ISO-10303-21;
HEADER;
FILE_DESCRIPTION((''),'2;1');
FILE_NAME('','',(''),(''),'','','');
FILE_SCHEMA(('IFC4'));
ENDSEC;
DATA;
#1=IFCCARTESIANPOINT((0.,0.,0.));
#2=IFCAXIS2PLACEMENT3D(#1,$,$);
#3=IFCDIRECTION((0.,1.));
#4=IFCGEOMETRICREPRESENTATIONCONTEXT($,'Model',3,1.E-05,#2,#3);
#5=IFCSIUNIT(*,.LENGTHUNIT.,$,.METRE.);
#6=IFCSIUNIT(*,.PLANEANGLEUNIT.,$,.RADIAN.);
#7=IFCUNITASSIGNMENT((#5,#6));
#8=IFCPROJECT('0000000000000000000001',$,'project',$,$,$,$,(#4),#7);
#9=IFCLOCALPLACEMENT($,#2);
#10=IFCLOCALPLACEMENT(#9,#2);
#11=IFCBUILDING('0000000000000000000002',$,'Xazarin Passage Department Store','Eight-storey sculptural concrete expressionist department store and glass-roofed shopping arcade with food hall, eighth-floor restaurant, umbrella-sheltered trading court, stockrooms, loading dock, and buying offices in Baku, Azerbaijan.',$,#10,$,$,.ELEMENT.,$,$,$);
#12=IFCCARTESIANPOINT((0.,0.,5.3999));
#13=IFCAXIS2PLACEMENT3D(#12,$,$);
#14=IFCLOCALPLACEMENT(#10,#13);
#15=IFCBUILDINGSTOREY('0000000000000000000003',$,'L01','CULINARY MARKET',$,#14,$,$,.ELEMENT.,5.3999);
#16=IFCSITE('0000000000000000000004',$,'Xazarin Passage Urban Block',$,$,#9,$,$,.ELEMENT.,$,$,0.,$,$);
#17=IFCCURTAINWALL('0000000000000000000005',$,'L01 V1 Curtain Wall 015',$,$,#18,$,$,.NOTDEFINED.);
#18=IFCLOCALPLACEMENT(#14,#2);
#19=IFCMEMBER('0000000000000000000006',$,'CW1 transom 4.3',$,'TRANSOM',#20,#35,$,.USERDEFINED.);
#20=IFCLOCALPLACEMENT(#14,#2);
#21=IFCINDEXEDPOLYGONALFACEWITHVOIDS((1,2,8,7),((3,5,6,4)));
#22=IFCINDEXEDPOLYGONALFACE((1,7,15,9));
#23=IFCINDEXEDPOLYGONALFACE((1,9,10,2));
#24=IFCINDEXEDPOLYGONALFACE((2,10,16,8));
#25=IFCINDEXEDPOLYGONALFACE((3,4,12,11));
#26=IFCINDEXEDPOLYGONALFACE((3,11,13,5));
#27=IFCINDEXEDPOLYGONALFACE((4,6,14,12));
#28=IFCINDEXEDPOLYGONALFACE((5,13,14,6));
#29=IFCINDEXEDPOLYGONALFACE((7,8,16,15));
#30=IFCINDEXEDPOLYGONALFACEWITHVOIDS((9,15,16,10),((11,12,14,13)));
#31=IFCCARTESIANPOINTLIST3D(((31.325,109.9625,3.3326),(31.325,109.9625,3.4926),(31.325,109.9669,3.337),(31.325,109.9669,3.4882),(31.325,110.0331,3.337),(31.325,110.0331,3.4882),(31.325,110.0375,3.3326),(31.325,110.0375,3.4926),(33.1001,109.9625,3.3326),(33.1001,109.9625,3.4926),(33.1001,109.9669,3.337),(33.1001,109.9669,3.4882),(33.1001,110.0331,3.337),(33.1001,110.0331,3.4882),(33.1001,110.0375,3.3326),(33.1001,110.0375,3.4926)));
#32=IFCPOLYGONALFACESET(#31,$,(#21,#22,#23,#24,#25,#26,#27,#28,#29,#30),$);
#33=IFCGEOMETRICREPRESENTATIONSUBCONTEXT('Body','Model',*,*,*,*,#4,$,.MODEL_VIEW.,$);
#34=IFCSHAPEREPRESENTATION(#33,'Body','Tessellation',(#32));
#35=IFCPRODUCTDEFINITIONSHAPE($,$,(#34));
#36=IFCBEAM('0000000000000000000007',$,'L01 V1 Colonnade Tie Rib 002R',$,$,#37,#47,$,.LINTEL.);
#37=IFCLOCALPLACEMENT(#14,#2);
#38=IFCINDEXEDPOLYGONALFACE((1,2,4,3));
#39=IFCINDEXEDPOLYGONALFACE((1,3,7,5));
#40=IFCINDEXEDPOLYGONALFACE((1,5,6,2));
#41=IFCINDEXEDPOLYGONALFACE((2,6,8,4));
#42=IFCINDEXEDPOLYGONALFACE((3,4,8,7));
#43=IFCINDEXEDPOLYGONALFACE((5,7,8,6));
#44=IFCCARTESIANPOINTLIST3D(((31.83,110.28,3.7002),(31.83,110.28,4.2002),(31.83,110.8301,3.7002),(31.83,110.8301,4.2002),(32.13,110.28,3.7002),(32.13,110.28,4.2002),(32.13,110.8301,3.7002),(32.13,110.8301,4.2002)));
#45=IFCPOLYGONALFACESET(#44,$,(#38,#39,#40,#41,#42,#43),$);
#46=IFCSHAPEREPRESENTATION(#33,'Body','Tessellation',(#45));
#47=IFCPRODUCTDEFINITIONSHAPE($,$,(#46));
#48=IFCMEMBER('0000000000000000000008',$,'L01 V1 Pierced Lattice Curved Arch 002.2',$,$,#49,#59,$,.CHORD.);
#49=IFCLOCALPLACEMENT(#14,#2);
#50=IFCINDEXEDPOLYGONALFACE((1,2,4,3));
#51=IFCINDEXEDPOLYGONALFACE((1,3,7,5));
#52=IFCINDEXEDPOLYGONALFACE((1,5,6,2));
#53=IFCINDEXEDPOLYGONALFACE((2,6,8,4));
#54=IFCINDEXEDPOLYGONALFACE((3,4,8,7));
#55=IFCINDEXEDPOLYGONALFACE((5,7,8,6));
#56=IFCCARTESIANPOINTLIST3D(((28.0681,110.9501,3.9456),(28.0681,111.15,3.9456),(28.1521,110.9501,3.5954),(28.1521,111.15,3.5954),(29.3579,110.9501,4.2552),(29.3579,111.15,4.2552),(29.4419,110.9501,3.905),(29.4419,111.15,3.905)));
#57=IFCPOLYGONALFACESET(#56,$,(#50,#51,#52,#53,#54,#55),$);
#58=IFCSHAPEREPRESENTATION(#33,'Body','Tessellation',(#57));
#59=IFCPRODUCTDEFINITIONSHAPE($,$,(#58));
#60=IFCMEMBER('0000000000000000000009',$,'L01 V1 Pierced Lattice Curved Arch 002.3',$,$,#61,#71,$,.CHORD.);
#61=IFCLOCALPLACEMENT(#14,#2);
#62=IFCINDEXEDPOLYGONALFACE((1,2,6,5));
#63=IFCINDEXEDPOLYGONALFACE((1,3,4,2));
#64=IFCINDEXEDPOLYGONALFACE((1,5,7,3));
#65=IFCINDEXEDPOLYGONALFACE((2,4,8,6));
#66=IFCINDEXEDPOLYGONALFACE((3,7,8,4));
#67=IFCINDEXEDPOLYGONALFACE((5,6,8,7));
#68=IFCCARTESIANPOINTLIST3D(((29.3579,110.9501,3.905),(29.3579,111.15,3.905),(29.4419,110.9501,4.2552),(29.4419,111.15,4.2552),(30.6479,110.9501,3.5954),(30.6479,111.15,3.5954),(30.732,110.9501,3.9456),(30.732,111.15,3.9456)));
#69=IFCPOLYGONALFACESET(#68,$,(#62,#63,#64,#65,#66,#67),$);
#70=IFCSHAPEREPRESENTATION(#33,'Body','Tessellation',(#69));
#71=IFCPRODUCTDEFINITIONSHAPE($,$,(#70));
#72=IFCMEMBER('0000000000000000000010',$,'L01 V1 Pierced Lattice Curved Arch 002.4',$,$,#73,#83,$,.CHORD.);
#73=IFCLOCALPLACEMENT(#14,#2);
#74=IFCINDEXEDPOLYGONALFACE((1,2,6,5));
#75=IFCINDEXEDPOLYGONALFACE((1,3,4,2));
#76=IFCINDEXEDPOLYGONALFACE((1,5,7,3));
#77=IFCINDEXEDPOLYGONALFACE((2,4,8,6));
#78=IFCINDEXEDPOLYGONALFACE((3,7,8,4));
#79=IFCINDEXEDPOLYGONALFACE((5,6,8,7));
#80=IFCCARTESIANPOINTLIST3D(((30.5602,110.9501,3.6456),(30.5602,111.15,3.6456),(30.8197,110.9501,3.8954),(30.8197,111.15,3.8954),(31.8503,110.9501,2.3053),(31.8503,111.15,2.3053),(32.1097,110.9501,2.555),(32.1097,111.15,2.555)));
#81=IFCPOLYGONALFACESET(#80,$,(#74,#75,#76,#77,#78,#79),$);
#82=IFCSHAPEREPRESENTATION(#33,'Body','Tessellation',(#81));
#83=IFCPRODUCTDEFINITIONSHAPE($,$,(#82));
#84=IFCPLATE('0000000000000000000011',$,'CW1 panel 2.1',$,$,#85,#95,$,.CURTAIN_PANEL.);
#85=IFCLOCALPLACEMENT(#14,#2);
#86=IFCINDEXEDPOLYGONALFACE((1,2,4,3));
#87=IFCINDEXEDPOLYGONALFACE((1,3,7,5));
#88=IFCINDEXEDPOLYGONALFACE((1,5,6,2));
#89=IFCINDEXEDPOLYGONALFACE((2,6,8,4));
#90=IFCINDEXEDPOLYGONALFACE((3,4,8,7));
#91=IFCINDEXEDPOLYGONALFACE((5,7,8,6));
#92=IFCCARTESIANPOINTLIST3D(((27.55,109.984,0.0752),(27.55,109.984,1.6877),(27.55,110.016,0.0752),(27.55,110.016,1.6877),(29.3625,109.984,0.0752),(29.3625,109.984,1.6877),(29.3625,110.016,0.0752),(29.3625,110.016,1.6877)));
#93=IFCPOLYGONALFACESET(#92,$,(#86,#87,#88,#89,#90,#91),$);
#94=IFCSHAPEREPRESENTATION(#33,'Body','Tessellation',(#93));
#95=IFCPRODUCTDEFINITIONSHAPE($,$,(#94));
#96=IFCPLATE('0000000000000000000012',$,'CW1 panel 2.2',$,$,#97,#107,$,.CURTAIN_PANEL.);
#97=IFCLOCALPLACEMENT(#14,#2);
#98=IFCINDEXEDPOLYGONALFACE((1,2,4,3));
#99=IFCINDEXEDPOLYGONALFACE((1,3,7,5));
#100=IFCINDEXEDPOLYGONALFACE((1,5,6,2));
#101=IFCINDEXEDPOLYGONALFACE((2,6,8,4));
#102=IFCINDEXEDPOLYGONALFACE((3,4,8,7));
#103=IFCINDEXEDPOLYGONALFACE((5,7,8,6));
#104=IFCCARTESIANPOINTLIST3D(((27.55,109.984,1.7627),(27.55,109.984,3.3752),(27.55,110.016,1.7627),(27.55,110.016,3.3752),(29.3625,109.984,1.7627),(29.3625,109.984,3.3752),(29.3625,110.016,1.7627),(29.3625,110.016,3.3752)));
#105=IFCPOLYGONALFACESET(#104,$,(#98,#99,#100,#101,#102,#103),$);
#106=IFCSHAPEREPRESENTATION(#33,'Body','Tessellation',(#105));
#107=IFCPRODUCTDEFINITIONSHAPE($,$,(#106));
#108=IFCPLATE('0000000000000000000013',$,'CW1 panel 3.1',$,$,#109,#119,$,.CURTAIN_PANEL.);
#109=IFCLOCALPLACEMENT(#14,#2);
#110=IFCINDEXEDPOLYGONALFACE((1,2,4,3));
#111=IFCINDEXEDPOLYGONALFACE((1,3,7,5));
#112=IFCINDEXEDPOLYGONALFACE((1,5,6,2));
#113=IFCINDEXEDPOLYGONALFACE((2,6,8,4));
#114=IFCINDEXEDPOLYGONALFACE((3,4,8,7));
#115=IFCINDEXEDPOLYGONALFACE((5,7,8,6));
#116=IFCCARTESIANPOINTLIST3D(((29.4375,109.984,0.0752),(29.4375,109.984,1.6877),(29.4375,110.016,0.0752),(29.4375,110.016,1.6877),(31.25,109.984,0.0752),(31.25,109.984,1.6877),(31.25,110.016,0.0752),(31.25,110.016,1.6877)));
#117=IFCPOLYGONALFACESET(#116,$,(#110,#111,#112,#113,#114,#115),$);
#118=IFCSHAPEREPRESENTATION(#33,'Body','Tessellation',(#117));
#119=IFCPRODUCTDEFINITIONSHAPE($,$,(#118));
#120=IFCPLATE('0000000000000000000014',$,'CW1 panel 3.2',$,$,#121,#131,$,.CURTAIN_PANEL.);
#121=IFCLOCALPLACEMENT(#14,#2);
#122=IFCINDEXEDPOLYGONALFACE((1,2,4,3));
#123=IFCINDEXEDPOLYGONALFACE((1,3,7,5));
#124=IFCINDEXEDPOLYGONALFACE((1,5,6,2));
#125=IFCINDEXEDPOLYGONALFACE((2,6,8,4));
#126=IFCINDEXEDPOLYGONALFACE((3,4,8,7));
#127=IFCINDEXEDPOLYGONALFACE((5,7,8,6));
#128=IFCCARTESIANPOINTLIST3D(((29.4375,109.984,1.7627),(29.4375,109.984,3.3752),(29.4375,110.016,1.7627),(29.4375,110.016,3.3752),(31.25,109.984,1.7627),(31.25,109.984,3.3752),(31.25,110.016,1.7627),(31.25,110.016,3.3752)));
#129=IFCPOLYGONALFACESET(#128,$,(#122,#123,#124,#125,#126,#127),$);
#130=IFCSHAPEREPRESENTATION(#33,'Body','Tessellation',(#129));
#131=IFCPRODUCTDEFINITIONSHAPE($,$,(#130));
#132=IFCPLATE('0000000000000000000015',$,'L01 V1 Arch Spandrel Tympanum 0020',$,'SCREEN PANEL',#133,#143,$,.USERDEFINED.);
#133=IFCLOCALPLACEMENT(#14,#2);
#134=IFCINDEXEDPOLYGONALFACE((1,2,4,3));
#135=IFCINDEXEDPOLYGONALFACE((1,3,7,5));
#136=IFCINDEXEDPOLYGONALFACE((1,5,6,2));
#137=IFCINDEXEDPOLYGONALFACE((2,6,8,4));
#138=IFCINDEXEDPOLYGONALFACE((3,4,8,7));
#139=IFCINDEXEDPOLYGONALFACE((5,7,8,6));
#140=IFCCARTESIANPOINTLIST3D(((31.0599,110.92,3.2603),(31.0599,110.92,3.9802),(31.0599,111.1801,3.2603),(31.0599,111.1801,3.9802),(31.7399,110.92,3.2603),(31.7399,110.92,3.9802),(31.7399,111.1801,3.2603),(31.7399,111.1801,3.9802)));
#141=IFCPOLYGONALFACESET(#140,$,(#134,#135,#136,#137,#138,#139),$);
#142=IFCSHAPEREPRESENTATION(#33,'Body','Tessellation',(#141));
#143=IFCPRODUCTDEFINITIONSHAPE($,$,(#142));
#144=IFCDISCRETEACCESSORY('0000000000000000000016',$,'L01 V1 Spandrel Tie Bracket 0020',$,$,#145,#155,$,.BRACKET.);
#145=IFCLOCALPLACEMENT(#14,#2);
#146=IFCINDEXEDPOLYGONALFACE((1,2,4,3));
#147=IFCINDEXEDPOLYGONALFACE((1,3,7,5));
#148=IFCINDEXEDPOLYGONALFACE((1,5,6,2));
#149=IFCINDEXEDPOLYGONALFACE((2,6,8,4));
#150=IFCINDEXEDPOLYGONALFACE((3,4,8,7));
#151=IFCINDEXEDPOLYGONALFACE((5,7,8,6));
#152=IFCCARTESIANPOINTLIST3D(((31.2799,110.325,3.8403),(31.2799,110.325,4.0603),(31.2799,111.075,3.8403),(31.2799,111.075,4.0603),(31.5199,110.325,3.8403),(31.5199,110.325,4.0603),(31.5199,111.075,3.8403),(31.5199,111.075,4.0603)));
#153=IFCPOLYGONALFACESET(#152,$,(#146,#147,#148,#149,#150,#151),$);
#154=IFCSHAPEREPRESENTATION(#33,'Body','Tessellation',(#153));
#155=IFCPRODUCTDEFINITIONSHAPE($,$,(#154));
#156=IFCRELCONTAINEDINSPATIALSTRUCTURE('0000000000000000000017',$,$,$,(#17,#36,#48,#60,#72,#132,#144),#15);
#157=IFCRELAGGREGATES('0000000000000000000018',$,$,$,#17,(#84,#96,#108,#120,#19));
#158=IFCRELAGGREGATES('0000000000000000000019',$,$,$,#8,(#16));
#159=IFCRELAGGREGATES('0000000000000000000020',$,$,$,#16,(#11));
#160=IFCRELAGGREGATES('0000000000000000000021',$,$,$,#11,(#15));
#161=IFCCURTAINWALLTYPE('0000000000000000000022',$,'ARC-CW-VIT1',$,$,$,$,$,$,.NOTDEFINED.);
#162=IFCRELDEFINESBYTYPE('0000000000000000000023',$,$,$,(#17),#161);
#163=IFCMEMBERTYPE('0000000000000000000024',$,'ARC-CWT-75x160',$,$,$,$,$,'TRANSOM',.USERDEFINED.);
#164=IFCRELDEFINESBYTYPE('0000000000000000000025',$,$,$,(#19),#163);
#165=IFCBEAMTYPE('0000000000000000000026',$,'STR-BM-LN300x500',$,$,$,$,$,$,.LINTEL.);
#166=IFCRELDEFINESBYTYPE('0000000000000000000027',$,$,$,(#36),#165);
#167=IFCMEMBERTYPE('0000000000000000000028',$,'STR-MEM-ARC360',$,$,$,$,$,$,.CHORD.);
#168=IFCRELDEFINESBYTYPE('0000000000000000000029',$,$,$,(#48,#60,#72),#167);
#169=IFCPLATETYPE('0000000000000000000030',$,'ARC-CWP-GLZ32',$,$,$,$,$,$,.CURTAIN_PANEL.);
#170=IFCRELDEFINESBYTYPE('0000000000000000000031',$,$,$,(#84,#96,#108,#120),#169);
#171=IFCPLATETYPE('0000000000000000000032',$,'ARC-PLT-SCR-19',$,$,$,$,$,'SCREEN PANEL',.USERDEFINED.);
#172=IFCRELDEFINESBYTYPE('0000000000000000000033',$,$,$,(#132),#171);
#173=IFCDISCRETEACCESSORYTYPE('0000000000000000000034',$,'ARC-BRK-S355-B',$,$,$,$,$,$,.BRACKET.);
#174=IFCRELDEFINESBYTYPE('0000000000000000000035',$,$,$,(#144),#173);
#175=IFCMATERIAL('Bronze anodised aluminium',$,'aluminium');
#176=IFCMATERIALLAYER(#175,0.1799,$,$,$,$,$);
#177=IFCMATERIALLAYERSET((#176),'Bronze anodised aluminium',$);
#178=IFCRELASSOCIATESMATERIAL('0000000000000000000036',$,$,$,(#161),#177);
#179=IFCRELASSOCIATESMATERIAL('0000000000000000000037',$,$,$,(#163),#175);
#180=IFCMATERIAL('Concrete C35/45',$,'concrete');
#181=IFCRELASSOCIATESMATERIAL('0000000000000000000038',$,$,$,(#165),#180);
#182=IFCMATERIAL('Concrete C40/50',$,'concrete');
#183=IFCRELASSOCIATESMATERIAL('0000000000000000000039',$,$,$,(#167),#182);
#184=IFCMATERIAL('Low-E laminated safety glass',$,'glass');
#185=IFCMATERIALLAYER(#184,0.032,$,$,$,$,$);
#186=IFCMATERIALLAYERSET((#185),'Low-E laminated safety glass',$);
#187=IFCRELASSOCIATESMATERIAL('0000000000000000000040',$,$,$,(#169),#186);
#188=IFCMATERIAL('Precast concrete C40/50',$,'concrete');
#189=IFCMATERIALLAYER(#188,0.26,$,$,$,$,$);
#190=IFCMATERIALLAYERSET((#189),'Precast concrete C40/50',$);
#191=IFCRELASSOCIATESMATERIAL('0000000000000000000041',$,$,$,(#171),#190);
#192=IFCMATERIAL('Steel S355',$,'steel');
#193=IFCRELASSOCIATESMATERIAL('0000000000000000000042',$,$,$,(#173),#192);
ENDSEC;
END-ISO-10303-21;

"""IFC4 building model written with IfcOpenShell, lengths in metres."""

from ifc_helpers import new_model, si_unit, direction, frame, origin, origin_2d, place, context, subcontext, project, spatial, rectangle, hollow_rectangle, extrude, material, layer, layer_set, material_profile, profile_set, type_object, element, aggregate, save


model = new_model("IFC4")

# Units and contexts
model_context = context("Model", 3, precision=1e-05, world=origin(), true_north=direction((0.0, 1.0)))
body_context = subcontext(model_context, "Body", "Model", "MODEL_VIEW")
ifc_project = project(units=[si_unit("LENGTHUNIT", "METRE"), si_unit("PLANEANGLEUNIT", "RADIAN")], contexts=[model_context])

# Site, building, storey
site_placement = place(None, origin())
site = spatial("IfcSite", under=ifc_project, at=site_placement, Name="Xazarin Passage Urban Block", CompositionType="ELEMENT", RefElevation=0.0)
building_placement = place(site_placement, origin())
building = spatial("IfcBuilding", under=site, at=building_placement, Name="Xazarin Passage Department Store", Description="Eight-storey sculptural concrete expressionist department store and glass-roofed shopping arcade with food hall, eighth-floor restaurant, umbrella-sheltered trading court, stockrooms, loading dock, and buying offices in Baku, Azerbaijan.", CompositionType="ELEMENT")
storey_placement = place(building_placement, frame((0.0, 0.0, 5.3999)))
storey = spatial("IfcBuildingStorey", under=building, at=storey_placement, Name="L01", Description="CULINARY MARKET", CompositionType="ELEMENT", Elevation=5.3999)

# Shared definitions
ifc_material_1 = material(Name="Concrete C40/50", Category="concrete")

# Curtain wall, member
ifc_material_2 = material(Name="Bronze anodised aluminium", Category="aluminium")
ifc_layer_1 = layer(ifc_material_2, 0.1799)
ifc_layer_set_1 = layer_set([ifc_layer_1], Name="Bronze anodised aluminium")
curtain_wall_type = type_object("IfcCurtainWallType", Name="ARC-CW-VIT1", PredefinedType="NOTDEFINED", material=ifc_layer_set_1)
curtain_wall_placement = place(storey_placement, origin())
curtain_wall = element("IfcCurtainWall", 1, at=curtain_wall_placement, inside=storey, type_object=curtain_wall_type, Name="L01 V1 Curtain Wall 015", PredefinedType="NOTDEFINED")
ifc_material_profile_1 = material_profile(ifc_material_2, hollow_rectangle(XDim=0.075, YDim=0.1599, WallThickness=0.0044, at=origin_2d()), Name="ALU 75x160")
ifc_profile_set_1 = profile_set([ifc_material_profile_1], Name="Bronze anodised aluminium")
member_type_1 = type_object("IfcMemberType", Name="ARC-CWT-75x160", ElementType="TRANSOM", PredefinedType="USERDEFINED", material=ifc_profile_set_1)
member_1_placement = place(storey_placement, frame((31.325, 110.0, 3.4126), z_axis=(1.0, 0.0, 0.0), x_axis=(0.0, 1.0, 0.0)))
member_1 = element("IfcMember", 2, at=member_1_placement, type_object=member_type_1, Name="CW1 transom 4.3", ObjectType="TRANSOM", PredefinedType="USERDEFINED", context=body_context, shape_type="SweptSolid", body=[
    extrude(hollow_rectangle(XDim=0.075, YDim=0.1599, WallThickness=0.0044, at=origin_2d()), origin(), (0.0, 0.0, 1.0), 1.7751),
])

# Beam
ifc_material_3 = material(Name="Concrete C35/45", Category="concrete")
ifc_material_profile_2 = material_profile(ifc_material_3, rectangle(XDim=0.3, YDim=0.5, at=origin_2d()), Name="RC 300x500")
ifc_profile_set_2 = profile_set([ifc_material_profile_2], Name="Concrete C35/45")
beam_type = type_object("IfcBeamType", Name="STR-BM-LN300x500", PredefinedType="LINTEL", material=ifc_profile_set_2)
beam_placement = place(storey_placement, frame((31.98, 110.28, 3.9502), z_axis=(0.0, 1.0, 0.0), x_axis=(-1.0, 0.0, 0.0)))
element("IfcBeam", 3, at=beam_placement, inside=storey, type_object=beam_type, Name="L01 V1 Colonnade Tie Rib 002R", PredefinedType="LINTEL", context=body_context, shape_type="SweptSolid", body=[
    extrude(rectangle(XDim=0.3, YDim=0.5, at=origin_2d()), origin(), (0.0, 0.0, 1.0), 0.55),
])

# Members
ifc_material_profile_3 = material_profile(ifc_material_1, rectangle(XDim=0.2, YDim=0.3601, at=origin_2d()), Name="RC 200x360")
ifc_profile_set_3 = profile_set([ifc_material_profile_3], Name="Concrete C40/50")
member_type_2 = type_object("IfcMemberType", Name="STR-MEM-ARC360", PredefinedType="CHORD", material=ifc_profile_set_3)
member_2_placement = place(storey_placement, frame((28.1101, 111.05, 3.7705), z_axis=(0.972384, 0.0, 0.233387), x_axis=(0.0, 1.0, 0.0)))
element("IfcMember", 4, at=member_2_placement, inside=storey, type_object=member_type_2, Name="L01 V1 Pierced Lattice Curved Arch 002.2", PredefinedType="CHORD", context=body_context, shape_type="SweptSolid", body=[
    extrude(rectangle(XDim=0.2, YDim=0.3601, at=origin_2d()), origin(), (0.0, 0.0, 1.0), 1.3264),
])
member_3_placement = place(storey_placement, frame((29.3999, 111.05, 4.0801), z_axis=(0.972394, 0.0, -0.233345), x_axis=(0.0, 1.0, 0.0)))
element("IfcMember", 5, at=member_3_placement, inside=storey, type_object=member_type_2, Name="L01 V1 Pierced Lattice Curved Arch 002.3", PredefinedType="CHORD", context=body_context, shape_type="SweptSolid", body=[
    extrude(rectangle(XDim=0.2, YDim=0.3601, at=origin_2d()), origin(), (0.0, 0.0, 1.0), 1.3267),
])
member_4_placement = place(storey_placement, frame((30.6899, 111.05, 3.7705), z_axis=(0.69346, 0.0, -0.720495), x_axis=(0.0, 1.0, 0.0)))
element("IfcMember", 6, at=member_4_placement, inside=storey, type_object=member_type_2, Name="L01 V1 Pierced Lattice Curved Arch 002.4", PredefinedType="CHORD", context=body_context, shape_type="SweptSolid", body=[
    extrude(rectangle(XDim=0.2, YDim=0.3601, at=origin_2d()), origin(), (0.0, 0.0, 1.0), 1.8604),
])

# Plates
ifc_material_4 = material(Name="Low-E laminated safety glass", Category="glass")
ifc_layer_2 = layer(ifc_material_4, 0.032)
ifc_layer_set_2 = layer_set([ifc_layer_2], Name="Low-E laminated safety glass")
plate_type_1 = type_object("IfcPlateType", Name="ARC-CWP-GLZ32", PredefinedType="CURTAIN_PANEL", material=ifc_layer_set_2)
plate_1_placement = place(storey_placement, frame((28.4563, 110.0, 0.0752), z_axis=(0.0, 0.0, 1.0), x_axis=(1.0, 0.0, 0.0)))
plate_1 = element("IfcPlate", 7, at=plate_1_placement, type_object=plate_type_1, Name="CW1 panel 2.1", PredefinedType="CURTAIN_PANEL", context=body_context, shape_type="SweptSolid", body=[
    extrude(rectangle(XDim=1.8125, YDim=0.032, at=origin_2d()), origin(), (0.0, 0.0, 1.0), 1.6125),
])
plate_2_placement = place(storey_placement, frame((28.4563, 110.0, 1.7627), z_axis=(0.0, 0.0, 1.0), x_axis=(1.0, 0.0, 0.0)))
plate_2 = element("IfcPlate", 8, at=plate_2_placement, type_object=plate_type_1, Name="CW1 panel 2.2", PredefinedType="CURTAIN_PANEL", context=body_context, shape_type="SweptSolid", body=[
    extrude(rectangle(XDim=1.8125, YDim=0.032, at=origin_2d()), origin(), (0.0, 0.0, 1.0), 1.6125),
])
plate_3_placement = place(storey_placement, frame((30.3438, 110.0, 0.0752), z_axis=(0.0, 0.0, 1.0), x_axis=(1.0, 0.0, 0.0)))
plate_3 = element("IfcPlate", 9, at=plate_3_placement, type_object=plate_type_1, Name="CW1 panel 3.1", PredefinedType="CURTAIN_PANEL", context=body_context, shape_type="SweptSolid", body=[
    extrude(rectangle(XDim=1.8125, YDim=0.032, at=origin_2d()), origin(), (0.0, 0.0, 1.0), 1.6125),
])
plate_4_placement = place(storey_placement, frame((30.3438, 110.0, 1.7627), z_axis=(0.0, 0.0, 1.0), x_axis=(1.0, 0.0, 0.0)))
plate_4 = element("IfcPlate", 10, at=plate_4_placement, type_object=plate_type_1, Name="CW1 panel 3.2", PredefinedType="CURTAIN_PANEL", context=body_context, shape_type="SweptSolid", body=[
    extrude(rectangle(XDim=1.8125, YDim=0.032, at=origin_2d()), origin(), (0.0, 0.0, 1.0), 1.6125),
])
aggregate(curtain_wall, [plate_1, plate_2, plate_3, plate_4, member_1])
ifc_material_5 = material(Name="Precast concrete C40/50", Category="concrete")
ifc_layer_3 = layer(ifc_material_5, 0.26)
ifc_layer_set_3 = layer_set([ifc_layer_3], Name="Precast concrete C40/50")
plate_type_2 = type_object("IfcPlateType", Name="ARC-PLT-SCR-19", ElementType="SCREEN PANEL", PredefinedType="USERDEFINED", material=ifc_layer_set_3)
plate_5_placement = place(storey_placement, frame((31.3999, 111.05, 3.2603), z_axis=(0.0, 0.0, 1.0), x_axis=(1.0, 0.0, 0.0)))
element("IfcPlate", 11, at=plate_5_placement, inside=storey, type_object=plate_type_2, Name="L01 V1 Arch Spandrel Tympanum 0020", ObjectType="SCREEN PANEL", PredefinedType="USERDEFINED", context=body_context, shape_type="SweptSolid", body=[
    extrude(rectangle(XDim=0.6799, YDim=0.26, at=origin_2d()), origin(), (0.0, 0.0, 1.0), 0.72),
])

# Discrete accessory
ifc_material_6 = material(Name="Steel S355", Category="steel")
discrete_accessory_type = type_object("IfcDiscreteAccessoryType", Name="ARC-BRK-S355-B", PredefinedType="BRACKET", material=ifc_material_6)
discrete_accessory_placement = place(storey_placement, frame((31.3999, 110.7, 3.8403), z_axis=(0.0, 0.0, 1.0), x_axis=(1.0, 0.0, 0.0)))
element("IfcDiscreteAccessory", 12, at=discrete_accessory_placement, inside=storey, type_object=discrete_accessory_type, Name="L01 V1 Spandrel Tie Bracket 0020", PredefinedType="BRACKET", context=body_context, shape_type="SweptSolid", body=[
    extrude(rectangle(XDim=0.24, YDim=0.75, at=origin_2d()), origin(), (0.0, 0.0, 1.0), 0.22),
])

save(model, "model.ifc")
